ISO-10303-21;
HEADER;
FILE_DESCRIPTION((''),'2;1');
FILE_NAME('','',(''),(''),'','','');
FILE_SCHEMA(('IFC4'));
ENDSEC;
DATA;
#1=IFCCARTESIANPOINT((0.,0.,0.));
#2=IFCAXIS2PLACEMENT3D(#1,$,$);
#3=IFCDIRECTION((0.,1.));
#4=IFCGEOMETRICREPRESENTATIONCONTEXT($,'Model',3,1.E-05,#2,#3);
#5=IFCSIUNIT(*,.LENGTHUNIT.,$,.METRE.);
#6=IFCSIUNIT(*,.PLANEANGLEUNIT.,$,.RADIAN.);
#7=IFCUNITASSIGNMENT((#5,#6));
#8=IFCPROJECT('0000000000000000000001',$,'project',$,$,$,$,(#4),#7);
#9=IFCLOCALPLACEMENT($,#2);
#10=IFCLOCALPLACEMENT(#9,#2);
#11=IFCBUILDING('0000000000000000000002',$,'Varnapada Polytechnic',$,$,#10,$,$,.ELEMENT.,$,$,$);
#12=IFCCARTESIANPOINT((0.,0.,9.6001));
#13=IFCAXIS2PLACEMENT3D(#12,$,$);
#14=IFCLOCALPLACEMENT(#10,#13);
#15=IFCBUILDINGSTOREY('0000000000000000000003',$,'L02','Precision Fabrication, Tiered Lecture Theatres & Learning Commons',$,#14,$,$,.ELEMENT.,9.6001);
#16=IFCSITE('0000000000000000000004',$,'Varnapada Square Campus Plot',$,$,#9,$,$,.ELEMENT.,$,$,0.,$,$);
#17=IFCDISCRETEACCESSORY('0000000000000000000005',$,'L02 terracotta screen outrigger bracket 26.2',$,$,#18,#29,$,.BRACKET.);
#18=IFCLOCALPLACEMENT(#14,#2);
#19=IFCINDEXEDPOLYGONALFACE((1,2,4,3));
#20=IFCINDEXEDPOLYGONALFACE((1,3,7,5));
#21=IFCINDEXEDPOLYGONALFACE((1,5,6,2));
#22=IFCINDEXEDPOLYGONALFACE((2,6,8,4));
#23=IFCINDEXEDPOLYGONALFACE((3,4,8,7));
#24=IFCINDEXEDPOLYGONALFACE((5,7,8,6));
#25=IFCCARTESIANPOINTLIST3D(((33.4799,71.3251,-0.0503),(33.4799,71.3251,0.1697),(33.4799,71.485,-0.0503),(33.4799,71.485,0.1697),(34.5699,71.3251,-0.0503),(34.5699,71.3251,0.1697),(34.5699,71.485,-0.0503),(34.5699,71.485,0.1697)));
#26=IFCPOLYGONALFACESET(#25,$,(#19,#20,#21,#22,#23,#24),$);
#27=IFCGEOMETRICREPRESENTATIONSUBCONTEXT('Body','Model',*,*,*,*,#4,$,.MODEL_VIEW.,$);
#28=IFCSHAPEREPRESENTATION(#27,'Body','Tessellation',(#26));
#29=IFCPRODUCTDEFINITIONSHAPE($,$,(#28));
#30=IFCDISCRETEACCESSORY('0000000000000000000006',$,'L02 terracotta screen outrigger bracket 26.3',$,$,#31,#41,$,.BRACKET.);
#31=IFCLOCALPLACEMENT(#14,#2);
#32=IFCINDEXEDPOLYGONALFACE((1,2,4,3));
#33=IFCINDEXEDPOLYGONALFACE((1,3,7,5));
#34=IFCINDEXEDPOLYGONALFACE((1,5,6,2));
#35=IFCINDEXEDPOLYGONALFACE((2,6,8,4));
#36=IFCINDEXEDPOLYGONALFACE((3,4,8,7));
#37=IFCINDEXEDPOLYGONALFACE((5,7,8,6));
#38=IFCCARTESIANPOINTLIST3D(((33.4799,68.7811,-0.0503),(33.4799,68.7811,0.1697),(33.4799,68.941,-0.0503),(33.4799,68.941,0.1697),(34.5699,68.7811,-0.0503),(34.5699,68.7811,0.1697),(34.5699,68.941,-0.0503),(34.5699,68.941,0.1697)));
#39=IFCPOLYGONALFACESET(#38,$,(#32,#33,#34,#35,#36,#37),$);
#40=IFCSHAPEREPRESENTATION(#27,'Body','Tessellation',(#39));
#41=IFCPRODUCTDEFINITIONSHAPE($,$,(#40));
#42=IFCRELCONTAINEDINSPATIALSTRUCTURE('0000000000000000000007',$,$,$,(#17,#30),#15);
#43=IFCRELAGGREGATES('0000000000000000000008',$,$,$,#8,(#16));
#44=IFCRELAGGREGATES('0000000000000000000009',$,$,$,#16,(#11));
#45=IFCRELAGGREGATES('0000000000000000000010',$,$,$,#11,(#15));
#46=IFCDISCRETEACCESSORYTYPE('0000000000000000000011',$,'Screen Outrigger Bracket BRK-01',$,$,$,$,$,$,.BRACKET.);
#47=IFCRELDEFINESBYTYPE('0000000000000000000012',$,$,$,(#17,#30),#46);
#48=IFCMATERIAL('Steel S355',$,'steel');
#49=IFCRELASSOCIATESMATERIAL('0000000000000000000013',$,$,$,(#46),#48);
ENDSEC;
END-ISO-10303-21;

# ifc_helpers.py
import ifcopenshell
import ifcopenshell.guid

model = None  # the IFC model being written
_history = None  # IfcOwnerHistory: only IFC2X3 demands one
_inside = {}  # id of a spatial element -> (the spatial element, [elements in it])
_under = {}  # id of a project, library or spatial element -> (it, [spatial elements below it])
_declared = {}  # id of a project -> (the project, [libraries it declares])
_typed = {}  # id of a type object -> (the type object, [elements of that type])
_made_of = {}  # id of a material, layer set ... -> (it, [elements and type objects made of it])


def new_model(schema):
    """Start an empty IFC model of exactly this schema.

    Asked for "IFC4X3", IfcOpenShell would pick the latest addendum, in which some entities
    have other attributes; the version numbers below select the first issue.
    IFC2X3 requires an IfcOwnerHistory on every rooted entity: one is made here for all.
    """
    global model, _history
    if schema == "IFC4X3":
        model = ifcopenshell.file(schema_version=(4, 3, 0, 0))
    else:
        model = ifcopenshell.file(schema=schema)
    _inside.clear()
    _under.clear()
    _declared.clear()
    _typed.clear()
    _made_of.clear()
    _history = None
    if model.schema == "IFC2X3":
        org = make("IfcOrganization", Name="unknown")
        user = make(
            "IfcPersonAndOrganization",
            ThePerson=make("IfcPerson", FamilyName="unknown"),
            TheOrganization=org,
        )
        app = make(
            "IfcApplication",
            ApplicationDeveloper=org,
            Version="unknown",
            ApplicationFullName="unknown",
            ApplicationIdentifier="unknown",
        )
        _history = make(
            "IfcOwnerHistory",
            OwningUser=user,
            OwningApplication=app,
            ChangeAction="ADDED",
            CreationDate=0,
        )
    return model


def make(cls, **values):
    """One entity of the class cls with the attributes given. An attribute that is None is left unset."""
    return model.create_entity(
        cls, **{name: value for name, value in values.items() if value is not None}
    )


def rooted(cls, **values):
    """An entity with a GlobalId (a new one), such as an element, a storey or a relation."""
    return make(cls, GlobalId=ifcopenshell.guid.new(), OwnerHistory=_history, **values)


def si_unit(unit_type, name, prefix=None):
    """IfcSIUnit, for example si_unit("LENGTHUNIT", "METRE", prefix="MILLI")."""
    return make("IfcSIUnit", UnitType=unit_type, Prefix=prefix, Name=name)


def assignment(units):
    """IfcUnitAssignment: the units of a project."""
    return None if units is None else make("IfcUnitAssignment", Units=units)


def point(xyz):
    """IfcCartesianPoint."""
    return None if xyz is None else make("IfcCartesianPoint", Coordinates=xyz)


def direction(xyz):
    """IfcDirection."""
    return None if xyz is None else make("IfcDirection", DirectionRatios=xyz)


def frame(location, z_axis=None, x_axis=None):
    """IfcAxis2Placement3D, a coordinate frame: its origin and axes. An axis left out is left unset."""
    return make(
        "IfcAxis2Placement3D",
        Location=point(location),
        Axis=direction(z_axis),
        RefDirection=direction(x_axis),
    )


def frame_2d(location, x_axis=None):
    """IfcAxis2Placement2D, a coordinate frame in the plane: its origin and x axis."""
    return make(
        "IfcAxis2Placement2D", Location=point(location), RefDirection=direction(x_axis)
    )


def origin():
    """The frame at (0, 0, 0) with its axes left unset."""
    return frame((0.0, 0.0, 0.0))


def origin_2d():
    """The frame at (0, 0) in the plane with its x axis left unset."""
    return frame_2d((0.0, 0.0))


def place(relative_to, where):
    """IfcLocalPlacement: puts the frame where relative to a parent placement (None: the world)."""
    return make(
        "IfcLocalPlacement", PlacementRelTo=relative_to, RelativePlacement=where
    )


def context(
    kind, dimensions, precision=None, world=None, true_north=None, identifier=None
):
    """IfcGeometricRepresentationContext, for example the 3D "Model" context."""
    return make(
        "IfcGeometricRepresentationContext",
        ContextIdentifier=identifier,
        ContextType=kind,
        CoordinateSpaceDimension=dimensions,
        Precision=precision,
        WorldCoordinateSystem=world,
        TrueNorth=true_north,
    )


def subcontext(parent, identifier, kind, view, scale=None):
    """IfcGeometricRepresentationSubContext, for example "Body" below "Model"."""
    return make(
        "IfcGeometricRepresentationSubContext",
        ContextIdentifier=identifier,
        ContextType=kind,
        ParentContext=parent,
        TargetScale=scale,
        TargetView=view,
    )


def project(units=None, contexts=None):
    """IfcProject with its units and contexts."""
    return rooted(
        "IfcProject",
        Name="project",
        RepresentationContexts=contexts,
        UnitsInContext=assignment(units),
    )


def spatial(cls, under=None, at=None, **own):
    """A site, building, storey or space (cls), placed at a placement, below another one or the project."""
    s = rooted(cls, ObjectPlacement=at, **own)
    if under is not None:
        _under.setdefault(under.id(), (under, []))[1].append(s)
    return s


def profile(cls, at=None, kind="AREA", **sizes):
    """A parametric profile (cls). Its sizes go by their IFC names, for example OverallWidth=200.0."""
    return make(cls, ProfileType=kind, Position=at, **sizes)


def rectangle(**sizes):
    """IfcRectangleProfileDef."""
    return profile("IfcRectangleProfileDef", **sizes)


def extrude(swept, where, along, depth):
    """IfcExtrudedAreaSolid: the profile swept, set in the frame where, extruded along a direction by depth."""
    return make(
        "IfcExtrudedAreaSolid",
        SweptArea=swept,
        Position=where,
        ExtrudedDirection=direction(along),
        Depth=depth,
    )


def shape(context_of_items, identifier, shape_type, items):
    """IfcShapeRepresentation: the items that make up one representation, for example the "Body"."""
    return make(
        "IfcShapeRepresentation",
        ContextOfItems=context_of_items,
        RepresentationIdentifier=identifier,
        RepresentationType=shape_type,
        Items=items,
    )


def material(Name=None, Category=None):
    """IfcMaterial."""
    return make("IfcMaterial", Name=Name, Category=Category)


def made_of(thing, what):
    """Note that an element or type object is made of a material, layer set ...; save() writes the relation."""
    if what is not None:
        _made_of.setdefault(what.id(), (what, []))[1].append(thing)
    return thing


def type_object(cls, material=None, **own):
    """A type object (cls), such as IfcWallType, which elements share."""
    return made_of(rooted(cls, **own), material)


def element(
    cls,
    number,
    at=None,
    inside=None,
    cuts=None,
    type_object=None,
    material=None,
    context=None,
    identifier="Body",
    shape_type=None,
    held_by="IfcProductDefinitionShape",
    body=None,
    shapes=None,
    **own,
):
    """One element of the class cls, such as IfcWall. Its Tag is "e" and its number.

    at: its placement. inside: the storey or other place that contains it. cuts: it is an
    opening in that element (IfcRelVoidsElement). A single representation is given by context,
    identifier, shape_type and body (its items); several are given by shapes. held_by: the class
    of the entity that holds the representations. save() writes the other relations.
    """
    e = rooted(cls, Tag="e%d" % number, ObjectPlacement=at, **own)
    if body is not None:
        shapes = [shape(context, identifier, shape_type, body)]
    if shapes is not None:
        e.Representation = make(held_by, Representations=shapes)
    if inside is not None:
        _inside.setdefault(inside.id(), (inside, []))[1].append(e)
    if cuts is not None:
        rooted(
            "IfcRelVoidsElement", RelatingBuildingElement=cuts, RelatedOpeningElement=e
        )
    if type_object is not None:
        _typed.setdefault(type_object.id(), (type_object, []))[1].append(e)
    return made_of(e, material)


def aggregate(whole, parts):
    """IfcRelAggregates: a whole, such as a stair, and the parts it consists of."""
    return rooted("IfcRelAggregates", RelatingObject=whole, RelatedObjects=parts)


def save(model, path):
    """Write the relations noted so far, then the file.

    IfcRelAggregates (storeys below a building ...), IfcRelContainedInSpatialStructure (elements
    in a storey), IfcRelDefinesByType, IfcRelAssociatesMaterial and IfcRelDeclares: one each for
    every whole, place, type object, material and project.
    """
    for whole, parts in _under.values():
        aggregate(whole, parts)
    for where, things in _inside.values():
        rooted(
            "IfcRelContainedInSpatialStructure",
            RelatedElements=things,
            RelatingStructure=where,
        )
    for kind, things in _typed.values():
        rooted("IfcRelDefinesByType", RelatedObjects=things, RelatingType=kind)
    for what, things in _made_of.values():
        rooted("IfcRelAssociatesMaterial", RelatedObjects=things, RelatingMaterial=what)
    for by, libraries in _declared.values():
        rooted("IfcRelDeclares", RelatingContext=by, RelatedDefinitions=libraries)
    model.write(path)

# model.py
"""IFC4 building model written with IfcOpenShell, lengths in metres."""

from ifc_helpers import new_model, si_unit, direction, frame, origin, origin_2d, place, context, subcontext, project, spatial, rectangle, extrude, material, type_object, element, save


model = new_model("IFC4")

# Units and contexts
model_context = context("Model", 3, precision=1e-05, world=origin(), true_north=direction((0.0, 1.0)))
body_context = subcontext(model_context, "Body", "Model", "MODEL_VIEW")
ifc_project = project(units=[si_unit("LENGTHUNIT", "METRE"), si_unit("PLANEANGLEUNIT", "RADIAN")], contexts=[model_context])

# Site, building, storey
site_placement = place(None, origin())
site = spatial("IfcSite", under=ifc_project, at=site_placement, Name="Varnapada Square Campus Plot", CompositionType="ELEMENT", RefElevation=0.0)
building_placement = place(site_placement, origin())
building = spatial("IfcBuilding", under=site, at=building_placement, Name="Varnapada Polytechnic", CompositionType="ELEMENT")
storey_placement = place(building_placement, frame((0.0, 0.0, 9.6001)))
storey = spatial("IfcBuildingStorey", under=building, at=storey_placement, Name="L02", Description="Precision Fabrication, Tiered Lecture Theatres & Learning Commons", CompositionType="ELEMENT", Elevation=9.6001)

# Discrete accessories
ifc_material_1 = material(Name="Steel S355", Category="steel")
discrete_accessory_type = type_object("IfcDiscreteAccessoryType", Name="Screen Outrigger Bracket BRK-01", PredefinedType="BRACKET", material=ifc_material_1)
for number, where, z_axis, x_axis, name in (
    (1, (34.0249, 71.405, -0.0503), (0.0, 0.0, 1.0), (0.0, -1.0, 0.0), "L02 terracotta screen outrigger bracket 26.2"),
    (2, (34.0249, 68.8611, -0.0503), (0.0, 0.0, 1.0), (0.0, -1.0, 0.0), "L02 terracotta screen outrigger bracket 26.3"),
):
    element("IfcDiscreteAccessory", number, at=place(storey_placement, frame(where, z_axis=z_axis, x_axis=x_axis)), inside=storey, type_object=discrete_accessory_type, Name=name, PredefinedType="BRACKET", context=body_context, shape_type="SweptSolid", body=[
        extrude(rectangle(XDim=0.1599, YDim=1.0901, at=origin_2d()), origin(), (0.0, 0.0, 1.0), 0.22),
    ])

save(model, "model.ifc")
